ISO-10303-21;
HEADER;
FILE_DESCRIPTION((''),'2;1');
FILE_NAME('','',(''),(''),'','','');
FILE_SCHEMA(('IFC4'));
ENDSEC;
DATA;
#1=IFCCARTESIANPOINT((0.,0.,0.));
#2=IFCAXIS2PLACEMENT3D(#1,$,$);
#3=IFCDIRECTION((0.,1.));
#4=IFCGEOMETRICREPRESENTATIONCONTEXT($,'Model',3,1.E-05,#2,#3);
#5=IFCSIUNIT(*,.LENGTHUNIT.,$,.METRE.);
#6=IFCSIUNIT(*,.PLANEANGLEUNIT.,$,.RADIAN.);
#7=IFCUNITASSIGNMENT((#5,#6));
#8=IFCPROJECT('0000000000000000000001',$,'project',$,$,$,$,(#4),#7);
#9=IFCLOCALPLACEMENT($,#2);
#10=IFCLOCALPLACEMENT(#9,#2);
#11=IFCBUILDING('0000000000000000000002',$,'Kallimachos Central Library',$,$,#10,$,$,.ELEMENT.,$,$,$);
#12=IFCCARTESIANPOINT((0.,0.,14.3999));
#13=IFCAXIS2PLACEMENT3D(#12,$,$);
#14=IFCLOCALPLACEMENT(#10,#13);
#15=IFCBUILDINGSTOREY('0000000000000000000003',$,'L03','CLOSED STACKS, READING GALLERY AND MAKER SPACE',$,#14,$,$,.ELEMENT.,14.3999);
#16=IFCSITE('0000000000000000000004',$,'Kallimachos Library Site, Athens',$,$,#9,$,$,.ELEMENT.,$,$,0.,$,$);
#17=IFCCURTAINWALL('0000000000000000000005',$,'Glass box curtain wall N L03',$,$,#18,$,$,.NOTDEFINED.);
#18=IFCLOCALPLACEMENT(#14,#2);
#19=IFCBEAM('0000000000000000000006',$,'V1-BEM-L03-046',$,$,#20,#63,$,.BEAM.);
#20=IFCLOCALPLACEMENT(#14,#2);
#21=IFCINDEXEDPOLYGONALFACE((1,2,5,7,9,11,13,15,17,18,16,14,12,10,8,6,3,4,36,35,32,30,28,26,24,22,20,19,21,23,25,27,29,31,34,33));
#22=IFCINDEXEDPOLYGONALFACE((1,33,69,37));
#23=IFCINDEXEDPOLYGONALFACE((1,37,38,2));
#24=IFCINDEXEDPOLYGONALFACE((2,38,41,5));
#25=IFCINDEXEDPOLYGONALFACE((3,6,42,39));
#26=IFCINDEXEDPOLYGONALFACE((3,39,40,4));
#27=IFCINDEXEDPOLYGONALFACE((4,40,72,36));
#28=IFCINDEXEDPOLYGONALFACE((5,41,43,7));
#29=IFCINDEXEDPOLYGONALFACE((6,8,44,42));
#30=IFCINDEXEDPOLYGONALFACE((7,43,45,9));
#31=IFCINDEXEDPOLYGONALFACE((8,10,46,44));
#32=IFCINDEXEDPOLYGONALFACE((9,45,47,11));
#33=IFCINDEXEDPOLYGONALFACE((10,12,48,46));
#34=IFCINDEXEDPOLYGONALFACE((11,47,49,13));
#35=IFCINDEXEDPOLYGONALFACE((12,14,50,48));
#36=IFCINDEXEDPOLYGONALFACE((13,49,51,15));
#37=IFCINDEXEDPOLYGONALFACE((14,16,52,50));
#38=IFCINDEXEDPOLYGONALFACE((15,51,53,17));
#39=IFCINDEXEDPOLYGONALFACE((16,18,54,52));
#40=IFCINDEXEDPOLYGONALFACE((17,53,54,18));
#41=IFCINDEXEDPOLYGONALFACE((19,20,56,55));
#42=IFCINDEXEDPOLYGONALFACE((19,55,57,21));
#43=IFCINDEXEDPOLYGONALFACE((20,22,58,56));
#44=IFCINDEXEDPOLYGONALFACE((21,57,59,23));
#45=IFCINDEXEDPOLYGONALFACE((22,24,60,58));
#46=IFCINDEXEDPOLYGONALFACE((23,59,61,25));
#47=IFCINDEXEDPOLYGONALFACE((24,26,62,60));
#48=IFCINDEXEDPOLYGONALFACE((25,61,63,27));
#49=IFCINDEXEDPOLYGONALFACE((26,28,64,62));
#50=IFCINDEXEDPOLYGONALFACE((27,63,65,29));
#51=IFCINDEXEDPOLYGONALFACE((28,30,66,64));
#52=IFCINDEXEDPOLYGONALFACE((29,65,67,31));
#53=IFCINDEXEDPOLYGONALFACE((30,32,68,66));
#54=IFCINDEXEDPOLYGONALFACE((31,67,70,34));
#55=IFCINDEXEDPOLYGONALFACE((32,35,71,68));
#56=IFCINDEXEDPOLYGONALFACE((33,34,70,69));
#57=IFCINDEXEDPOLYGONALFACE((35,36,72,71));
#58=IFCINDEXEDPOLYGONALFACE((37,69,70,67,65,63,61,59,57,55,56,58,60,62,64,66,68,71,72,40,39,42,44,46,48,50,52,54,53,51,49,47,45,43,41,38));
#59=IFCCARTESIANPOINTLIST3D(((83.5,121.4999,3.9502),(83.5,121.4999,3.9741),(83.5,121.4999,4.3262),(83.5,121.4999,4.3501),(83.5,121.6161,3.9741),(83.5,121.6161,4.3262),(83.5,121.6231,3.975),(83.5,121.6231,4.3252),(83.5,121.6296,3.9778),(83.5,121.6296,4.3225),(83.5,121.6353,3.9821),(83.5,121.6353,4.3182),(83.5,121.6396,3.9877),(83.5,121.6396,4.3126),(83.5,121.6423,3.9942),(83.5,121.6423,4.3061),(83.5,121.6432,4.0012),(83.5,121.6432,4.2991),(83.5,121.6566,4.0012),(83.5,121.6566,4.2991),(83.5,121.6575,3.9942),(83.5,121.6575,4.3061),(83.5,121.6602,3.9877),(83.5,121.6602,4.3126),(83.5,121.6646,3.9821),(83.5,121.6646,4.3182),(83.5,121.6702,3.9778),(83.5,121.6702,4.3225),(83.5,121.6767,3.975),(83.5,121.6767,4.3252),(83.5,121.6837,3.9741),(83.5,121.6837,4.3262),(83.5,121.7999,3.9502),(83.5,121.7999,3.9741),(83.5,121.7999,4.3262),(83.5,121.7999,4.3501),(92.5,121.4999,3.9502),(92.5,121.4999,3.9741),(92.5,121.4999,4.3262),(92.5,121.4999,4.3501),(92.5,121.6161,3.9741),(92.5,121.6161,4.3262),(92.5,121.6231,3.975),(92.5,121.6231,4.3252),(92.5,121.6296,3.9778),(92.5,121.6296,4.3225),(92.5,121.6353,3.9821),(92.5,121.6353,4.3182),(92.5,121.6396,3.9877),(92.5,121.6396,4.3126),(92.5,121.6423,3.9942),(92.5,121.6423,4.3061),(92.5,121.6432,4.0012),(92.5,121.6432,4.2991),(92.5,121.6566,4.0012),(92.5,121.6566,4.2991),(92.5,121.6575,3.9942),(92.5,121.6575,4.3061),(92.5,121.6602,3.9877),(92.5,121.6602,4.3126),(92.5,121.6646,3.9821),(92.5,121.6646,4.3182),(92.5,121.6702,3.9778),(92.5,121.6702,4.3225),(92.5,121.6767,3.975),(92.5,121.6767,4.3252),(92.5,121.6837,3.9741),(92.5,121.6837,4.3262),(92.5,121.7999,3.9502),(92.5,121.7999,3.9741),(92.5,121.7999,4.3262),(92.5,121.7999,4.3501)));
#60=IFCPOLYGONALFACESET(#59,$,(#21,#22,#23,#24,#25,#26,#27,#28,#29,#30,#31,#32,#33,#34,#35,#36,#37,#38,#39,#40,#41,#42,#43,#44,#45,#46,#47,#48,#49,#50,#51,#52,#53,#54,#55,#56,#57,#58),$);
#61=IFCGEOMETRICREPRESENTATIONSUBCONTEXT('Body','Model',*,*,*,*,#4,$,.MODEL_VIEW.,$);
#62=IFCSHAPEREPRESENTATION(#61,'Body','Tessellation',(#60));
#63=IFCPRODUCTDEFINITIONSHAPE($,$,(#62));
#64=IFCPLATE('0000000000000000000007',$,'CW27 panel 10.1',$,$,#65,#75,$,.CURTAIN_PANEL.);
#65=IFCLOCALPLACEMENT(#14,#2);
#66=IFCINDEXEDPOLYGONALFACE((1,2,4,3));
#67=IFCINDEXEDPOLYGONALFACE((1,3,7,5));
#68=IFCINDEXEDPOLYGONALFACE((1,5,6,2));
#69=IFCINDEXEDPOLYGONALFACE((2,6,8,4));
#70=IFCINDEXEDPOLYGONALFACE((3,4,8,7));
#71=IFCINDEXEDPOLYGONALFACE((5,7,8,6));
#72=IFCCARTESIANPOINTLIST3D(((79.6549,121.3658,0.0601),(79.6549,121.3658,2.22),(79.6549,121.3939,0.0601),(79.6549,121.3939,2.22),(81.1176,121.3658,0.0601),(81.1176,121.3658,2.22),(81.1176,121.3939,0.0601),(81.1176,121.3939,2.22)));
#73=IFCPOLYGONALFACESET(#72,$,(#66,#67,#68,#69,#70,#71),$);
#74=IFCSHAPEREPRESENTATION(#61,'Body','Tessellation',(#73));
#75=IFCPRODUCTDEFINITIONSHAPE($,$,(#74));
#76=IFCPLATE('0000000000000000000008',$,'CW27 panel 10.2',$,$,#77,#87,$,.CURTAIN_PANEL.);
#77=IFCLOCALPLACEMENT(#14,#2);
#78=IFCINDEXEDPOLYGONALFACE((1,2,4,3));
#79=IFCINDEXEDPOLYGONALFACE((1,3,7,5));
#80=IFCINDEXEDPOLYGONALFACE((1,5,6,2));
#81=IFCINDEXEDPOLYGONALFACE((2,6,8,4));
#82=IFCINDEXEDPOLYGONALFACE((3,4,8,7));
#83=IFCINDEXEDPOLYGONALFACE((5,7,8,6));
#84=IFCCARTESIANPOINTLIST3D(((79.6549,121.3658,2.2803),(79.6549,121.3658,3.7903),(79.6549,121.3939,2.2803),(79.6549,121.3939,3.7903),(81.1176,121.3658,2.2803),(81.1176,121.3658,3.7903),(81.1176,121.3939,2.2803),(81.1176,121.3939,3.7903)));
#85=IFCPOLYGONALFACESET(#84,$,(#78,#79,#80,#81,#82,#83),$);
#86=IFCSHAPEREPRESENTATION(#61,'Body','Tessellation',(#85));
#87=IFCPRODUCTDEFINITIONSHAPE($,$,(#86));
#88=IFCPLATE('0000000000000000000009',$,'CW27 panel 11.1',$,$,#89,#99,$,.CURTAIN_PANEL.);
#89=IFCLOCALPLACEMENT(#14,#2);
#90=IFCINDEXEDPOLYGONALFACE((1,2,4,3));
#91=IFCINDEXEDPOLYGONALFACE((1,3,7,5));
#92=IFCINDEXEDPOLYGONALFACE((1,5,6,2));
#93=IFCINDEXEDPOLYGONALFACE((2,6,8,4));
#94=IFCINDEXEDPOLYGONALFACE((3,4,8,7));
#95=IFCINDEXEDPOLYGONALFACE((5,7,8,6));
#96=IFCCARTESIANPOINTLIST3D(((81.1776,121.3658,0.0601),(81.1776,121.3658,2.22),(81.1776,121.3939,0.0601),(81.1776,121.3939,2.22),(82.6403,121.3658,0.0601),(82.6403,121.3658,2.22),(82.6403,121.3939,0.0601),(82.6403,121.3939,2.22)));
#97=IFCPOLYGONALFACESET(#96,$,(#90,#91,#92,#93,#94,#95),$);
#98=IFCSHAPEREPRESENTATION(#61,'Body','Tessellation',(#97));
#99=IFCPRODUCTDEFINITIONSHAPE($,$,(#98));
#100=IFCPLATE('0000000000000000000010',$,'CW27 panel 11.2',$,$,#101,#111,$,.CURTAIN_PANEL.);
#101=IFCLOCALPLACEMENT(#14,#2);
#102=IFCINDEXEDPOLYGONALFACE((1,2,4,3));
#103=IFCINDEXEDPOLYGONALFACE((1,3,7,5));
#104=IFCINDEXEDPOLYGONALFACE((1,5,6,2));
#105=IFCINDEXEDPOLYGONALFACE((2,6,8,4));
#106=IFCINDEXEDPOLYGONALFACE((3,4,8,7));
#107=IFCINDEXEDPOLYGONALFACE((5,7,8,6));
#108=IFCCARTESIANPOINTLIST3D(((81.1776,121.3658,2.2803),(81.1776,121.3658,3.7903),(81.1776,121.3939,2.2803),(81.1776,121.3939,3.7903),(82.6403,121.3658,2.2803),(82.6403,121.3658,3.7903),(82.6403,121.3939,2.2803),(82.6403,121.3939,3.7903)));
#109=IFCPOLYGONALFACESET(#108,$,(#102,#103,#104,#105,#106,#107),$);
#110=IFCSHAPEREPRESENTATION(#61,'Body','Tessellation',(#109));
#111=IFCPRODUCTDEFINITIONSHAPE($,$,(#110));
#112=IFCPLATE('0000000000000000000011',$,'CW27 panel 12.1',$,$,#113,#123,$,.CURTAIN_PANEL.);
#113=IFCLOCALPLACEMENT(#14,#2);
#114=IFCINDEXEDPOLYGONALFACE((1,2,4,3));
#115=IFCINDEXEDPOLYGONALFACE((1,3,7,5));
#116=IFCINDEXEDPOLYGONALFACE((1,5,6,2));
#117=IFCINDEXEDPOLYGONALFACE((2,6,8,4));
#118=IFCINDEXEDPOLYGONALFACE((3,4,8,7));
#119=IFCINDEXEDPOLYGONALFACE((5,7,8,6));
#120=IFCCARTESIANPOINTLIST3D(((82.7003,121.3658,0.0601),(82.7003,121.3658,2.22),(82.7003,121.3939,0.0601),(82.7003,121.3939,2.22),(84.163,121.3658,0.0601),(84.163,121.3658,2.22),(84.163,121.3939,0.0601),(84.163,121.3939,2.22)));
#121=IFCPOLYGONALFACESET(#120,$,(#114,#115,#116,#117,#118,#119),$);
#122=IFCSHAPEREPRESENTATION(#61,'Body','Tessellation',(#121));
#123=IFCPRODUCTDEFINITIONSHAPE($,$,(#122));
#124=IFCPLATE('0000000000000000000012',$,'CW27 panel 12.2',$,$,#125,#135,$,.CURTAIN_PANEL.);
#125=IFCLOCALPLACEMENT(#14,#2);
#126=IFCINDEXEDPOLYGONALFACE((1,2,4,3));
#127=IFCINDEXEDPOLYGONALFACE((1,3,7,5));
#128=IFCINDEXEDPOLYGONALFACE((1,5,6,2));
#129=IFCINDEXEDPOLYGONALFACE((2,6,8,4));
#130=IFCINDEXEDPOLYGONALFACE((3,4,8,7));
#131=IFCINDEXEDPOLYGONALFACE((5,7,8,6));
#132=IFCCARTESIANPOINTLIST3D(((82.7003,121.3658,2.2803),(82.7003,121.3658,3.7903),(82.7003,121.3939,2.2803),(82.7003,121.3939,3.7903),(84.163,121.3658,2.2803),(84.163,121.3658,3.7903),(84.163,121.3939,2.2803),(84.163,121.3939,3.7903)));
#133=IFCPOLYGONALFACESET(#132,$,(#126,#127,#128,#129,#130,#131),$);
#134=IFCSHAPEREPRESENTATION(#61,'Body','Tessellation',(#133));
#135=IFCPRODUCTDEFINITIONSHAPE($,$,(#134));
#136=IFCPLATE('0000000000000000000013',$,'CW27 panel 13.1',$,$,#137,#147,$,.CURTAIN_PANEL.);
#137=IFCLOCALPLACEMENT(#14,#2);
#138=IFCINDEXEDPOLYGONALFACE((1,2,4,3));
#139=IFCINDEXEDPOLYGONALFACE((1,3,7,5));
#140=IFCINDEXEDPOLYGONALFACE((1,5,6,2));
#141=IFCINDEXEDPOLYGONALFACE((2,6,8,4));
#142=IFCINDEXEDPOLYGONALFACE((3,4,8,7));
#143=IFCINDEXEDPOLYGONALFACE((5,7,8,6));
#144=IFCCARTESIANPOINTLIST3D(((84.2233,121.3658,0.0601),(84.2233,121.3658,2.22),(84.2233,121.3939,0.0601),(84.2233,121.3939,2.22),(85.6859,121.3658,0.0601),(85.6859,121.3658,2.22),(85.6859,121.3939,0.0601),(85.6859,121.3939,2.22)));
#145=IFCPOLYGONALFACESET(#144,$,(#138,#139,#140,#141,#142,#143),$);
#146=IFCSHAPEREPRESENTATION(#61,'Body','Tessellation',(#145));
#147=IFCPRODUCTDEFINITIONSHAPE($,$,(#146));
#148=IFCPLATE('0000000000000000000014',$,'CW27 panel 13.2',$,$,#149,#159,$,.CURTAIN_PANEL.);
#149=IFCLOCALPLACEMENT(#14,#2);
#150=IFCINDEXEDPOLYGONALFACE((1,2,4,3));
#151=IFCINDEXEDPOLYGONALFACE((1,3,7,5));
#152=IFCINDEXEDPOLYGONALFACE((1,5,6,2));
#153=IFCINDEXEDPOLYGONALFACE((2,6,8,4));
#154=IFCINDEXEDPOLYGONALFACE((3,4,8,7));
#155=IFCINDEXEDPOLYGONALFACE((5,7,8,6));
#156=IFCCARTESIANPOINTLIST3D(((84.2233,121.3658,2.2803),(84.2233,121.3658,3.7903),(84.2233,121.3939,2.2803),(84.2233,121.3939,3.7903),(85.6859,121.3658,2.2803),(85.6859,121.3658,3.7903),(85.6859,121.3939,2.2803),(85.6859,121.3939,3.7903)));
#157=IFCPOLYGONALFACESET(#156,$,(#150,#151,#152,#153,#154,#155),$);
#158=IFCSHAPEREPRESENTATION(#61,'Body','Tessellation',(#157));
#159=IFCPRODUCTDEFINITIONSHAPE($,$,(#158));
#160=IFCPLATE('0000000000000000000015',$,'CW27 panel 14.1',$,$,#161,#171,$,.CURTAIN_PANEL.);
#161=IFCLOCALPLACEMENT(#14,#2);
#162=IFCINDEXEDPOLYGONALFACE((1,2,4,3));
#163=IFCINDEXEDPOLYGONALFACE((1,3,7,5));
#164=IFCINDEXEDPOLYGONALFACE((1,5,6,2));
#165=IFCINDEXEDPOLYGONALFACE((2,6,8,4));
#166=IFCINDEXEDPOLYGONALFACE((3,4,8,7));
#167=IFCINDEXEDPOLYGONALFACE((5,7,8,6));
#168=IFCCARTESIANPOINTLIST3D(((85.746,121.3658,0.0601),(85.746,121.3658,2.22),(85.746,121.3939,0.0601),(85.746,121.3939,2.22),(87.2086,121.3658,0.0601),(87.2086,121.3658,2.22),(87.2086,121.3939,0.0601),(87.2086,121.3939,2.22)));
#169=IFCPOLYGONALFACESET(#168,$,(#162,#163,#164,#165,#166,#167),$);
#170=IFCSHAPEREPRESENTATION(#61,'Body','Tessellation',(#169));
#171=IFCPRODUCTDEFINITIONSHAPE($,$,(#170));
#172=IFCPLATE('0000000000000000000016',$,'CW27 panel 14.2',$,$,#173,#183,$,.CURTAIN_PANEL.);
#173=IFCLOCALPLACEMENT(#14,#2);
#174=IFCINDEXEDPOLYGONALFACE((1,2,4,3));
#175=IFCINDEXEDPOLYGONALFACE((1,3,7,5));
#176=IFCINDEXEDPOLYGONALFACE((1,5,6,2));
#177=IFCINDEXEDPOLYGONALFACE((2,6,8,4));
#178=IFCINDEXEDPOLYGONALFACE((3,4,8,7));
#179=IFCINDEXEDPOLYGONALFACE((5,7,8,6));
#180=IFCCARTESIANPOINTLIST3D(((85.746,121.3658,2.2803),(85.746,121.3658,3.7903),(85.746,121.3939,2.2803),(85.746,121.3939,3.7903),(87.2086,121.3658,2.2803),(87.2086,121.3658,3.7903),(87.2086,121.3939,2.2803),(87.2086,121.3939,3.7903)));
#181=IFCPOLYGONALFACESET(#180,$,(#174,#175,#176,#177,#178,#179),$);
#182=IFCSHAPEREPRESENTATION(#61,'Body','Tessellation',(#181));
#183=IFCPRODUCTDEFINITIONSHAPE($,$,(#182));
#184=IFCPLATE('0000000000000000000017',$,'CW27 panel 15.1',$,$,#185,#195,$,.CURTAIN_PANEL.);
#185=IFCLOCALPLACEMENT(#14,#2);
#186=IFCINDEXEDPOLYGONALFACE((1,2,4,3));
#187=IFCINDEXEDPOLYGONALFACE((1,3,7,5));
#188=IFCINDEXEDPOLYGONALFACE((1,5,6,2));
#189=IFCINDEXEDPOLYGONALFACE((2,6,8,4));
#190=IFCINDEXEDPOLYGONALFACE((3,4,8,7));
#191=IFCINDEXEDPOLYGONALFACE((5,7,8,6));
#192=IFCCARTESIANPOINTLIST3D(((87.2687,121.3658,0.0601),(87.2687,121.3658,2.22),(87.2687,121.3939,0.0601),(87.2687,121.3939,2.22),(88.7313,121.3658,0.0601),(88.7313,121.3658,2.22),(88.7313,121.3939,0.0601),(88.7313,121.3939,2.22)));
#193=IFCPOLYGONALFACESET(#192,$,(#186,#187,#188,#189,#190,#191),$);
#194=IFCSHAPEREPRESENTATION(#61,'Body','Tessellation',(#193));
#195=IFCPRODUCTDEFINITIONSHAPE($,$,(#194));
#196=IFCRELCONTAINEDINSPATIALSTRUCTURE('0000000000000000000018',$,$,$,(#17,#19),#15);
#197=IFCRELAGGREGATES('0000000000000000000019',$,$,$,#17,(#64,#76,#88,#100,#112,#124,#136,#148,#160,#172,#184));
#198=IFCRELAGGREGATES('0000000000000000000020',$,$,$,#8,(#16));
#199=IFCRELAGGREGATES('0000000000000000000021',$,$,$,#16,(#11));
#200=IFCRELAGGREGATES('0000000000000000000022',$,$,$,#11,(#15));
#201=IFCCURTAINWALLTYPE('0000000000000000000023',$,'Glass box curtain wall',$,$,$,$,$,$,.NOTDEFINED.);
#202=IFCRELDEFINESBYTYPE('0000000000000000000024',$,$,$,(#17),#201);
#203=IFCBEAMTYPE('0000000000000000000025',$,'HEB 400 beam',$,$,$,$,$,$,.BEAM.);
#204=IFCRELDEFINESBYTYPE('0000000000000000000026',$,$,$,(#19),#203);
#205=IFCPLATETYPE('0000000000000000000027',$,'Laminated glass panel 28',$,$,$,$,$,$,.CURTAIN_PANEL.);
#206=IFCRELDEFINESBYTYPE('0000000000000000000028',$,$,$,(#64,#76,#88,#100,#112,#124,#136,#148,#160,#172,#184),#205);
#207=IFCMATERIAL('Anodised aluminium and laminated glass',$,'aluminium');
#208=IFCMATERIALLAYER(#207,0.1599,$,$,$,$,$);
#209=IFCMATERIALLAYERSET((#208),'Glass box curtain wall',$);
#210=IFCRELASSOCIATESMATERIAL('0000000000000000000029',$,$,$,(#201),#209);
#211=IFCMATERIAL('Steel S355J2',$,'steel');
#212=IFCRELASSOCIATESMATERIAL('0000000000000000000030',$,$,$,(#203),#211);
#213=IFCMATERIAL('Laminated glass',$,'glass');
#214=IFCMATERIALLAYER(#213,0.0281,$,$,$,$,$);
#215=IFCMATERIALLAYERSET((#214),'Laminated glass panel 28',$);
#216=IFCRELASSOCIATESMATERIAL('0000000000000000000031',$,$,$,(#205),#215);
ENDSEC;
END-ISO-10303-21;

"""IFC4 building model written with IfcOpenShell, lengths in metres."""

from ifc_helpers import new_model, si_unit, direction, frame, origin, origin_2d, place, context, subcontext, project, spatial, rectangle, i_section, extrude, material, layer, layer_set, material_profile, profile_set, type_object, element, aggregate, save


model = new_model("IFC4")

# Units and contexts
model_context = context("Model", 3, precision=1e-05, world=origin(), true_north=direction((0.0, 1.0)))
body_context = subcontext(model_context, "Body", "Model", "MODEL_VIEW")
ifc_project = project(units=[si_unit("LENGTHUNIT", "METRE"), si_unit("PLANEANGLEUNIT", "RADIAN")], contexts=[model_context])

# Site, building, storey
site_placement = place(None, origin())
site = spatial("IfcSite", under=ifc_project, at=site_placement, Name="Kallimachos Library Site, Athens", CompositionType="ELEMENT", RefElevation=0.0)
building_placement = place(site_placement, origin())
building = spatial("IfcBuilding", under=site, at=building_placement, Name="Kallimachos Central Library", CompositionType="ELEMENT")
storey_placement = place(building_placement, frame((0.0, 0.0, 14.3999)))
storey = spatial("IfcBuildingStorey", under=building, at=storey_placement, Name="L03", Description="CLOSED STACKS, READING GALLERY AND MAKER SPACE", CompositionType="ELEMENT", Elevation=14.3999)

# Curtain wall
ifc_material_1 = material(Name="Anodised aluminium and laminated glass", Category="aluminium")
ifc_layer_1 = layer(ifc_material_1, 0.1599)
ifc_layer_set_1 = layer_set([ifc_layer_1], Name="Glass box curtain wall")
curtain_wall_type = type_object("IfcCurtainWallType", Name="Glass box curtain wall", PredefinedType="NOTDEFINED", material=ifc_layer_set_1)
curtain_wall_placement = place(storey_placement, origin())
curtain_wall = element("IfcCurtainWall", 1, at=curtain_wall_placement, inside=storey, type_object=curtain_wall_type, Name="Glass box curtain wall N L03", PredefinedType="NOTDEFINED")

# Beam
ifc_material_2 = material(Name="Steel S355J2", Category="steel")
ifc_material_profile_1 = material_profile(ifc_material_2, i_section(OverallWidth=0.3, OverallDepth=0.3999, WebThickness=0.0134, FlangeThickness=0.0239, FilletRadius=0.0271, at=origin_2d()), Name="HEB 400")
ifc_profile_set_1 = profile_set([ifc_material_profile_1], Name="Steel S355J2")
beam_type = type_object("IfcBeamType", Name="HEB 400 beam", PredefinedType="BEAM", material=ifc_profile_set_1)
for number, where, z_axis, x_axis, name in (
    (2, (83.5, 121.6499, 4.1501), (1.0, 0.0, 0.0), (0.0, 1.0, 0.0), "V1-BEM-L03-046"),
):
    element("IfcBeam", number, at=place(storey_placement, frame(where, z_axis=z_axis, x_axis=x_axis)), inside=storey, type_object=beam_type, Name=name, PredefinedType="BEAM", context=body_context, shape_type="SweptSolid", body=[
        extrude(i_section(OverallWidth=0.3, OverallDepth=0.3999, WebThickness=0.0134, FlangeThickness=0.0239, FilletRadius=0.0271, at=origin_2d()), origin(), (0.0, 0.0, 1.0), 9.0),
    ])

# Plates
ifc_material_3 = material(Name="Laminated glass", Category="glass")
ifc_layer_2 = layer(ifc_material_3, 0.0281)
ifc_layer_set_2 = layer_set([ifc_layer_2], Name="Laminated glass panel 28")
plate_type = type_object("IfcPlateType", Name="Laminated glass panel 28", PredefinedType="CURTAIN_PANEL", material=ifc_layer_set_2)
plate_1_placement = place(storey_placement, frame((80.3862, 121.3799, 0.0601), z_axis=(0.0, 0.0, 1.0), x_axis=(1.0, 0.0, 0.0)))
plate_1 = element("IfcPlate", 3, at=plate_1_placement, type_object=plate_type, Name="CW27 panel 10.1", PredefinedType="CURTAIN_PANEL", context=body_context, shape_type="SweptSolid", body=[
    extrude(rectangle(XDim=1.4626, YDim=0.0281, at=origin_2d()), origin(), (0.0, 0.0, 1.0), 2.1599),
])
plate_2_placement = place(storey_placement, frame((80.3862, 121.3799, 2.2803), z_axis=(0.0, 0.0, 1.0), x_axis=(1.0, 0.0, 0.0)))
plate_2 = element("IfcPlate", 4, at=plate_2_placement, type_object=plate_type, Name="CW27 panel 10.2", PredefinedType="CURTAIN_PANEL", context=body_context, shape_type="SweptSolid", body=[
    extrude(rectangle(XDim=1.4626, YDim=0.0281, at=origin_2d()), origin(), (0.0, 0.0, 1.0), 1.51),
])
plate_3_placement = place(storey_placement, frame((81.9089, 121.3799, 0.0601), z_axis=(0.0, 0.0, 1.0), x_axis=(1.0, 0.0, 0.0)))
plate_3 = element("IfcPlate", 5, at=plate_3_placement, type_object=plate_type, Name="CW27 panel 11.1", PredefinedType="CURTAIN_PANEL", context=body_context, shape_type="SweptSolid", body=[
    extrude(rectangle(XDim=1.4626, YDim=0.0281, at=origin_2d()), origin(), (0.0, 0.0, 1.0), 2.1599),
])
plate_4_placement = place(storey_placement, frame((81.9089, 121.3799, 2.2803), z_axis=(0.0, 0.0, 1.0), x_axis=(1.0, 0.0, 0.0)))
plate_4 = element("IfcPlate", 6, at=plate_4_placement, type_object=plate_type, Name="CW27 panel 11.2", PredefinedType="CURTAIN_PANEL", context=body_context, shape_type="SweptSolid", body=[
    extrude(rectangle(XDim=1.4626, YDim=0.0281, at=origin_2d()), origin(), (0.0, 0.0, 1.0), 1.51),
])
plate_5_placement = place(storey_placement, frame((83.4316, 121.3799, 0.0601), z_axis=(0.0, 0.0, 1.0), x_axis=(1.0, 0.0, 0.0)))
plate_5 = element("IfcPlate", 7, at=plate_5_placement, type_object=plate_type, Name="CW27 panel 12.1", PredefinedType="CURTAIN_PANEL", context=body_context, shape_type="SweptSolid", body=[
    extrude(rectangle(XDim=1.4626, YDim=0.0281, at=origin_2d()), origin(), (0.0, 0.0, 1.0), 2.1599),
])
plate_6_placement = place(storey_placement, frame((83.4316, 121.3799, 2.2803), z_axis=(0.0, 0.0, 1.0), x_axis=(1.0, 0.0, 0.0)))
plate_6 = element("IfcPlate", 8, at=plate_6_placement, type_object=plate_type, Name="CW27 panel 12.2", PredefinedType="CURTAIN_PANEL", context=body_context, shape_type="SweptSolid", body=[
    extrude(rectangle(XDim=1.4626, YDim=0.0281, at=origin_2d()), origin(), (0.0, 0.0, 1.0), 1.51),
])
plate_7_placement = place(storey_placement, frame((84.9546, 121.3799, 0.0601), z_axis=(0.0, 0.0, 1.0), x_axis=(1.0, 0.0, 0.0)))
plate_7 = element("IfcPlate", 9, at=plate_7_placement, type_object=plate_type, Name="CW27 panel 13.1", PredefinedType="CURTAIN_PANEL", context=body_context, shape_type="SweptSolid", body=[
    extrude(rectangle(XDim=1.4626, YDim=0.0281, at=origin_2d()), origin(), (0.0, 0.0, 1.0), 2.1599),
])
plate_8_placement = place(storey_placement, frame((84.9546, 121.3799, 2.2803), z_axis=(0.0, 0.0, 1.0), x_axis=(1.0, 0.0, 0.0)))
plate_8 = element("IfcPlate", 10, at=plate_8_placement, type_object=plate_type, Name="CW27 panel 13.2", PredefinedType="CURTAIN_PANEL", context=body_context, shape_type="SweptSolid", body=[
    extrude(rectangle(XDim=1.4626, YDim=0.0281, at=origin_2d()), origin(), (0.0, 0.0, 1.0), 1.51),
])
plate_9_placement = place(storey_placement, frame((86.4773, 121.3799, 0.0601), z_axis=(0.0, 0.0, 1.0), x_axis=(1.0, 0.0, 0.0)))
plate_9 = element("IfcPlate", 11, at=plate_9_placement, type_object=plate_type, Name="CW27 panel 14.1", PredefinedType="CURTAIN_PANEL", context=body_context, shape_type="SweptSolid", body=[
    extrude(rectangle(XDim=1.4626, YDim=0.0281, at=origin_2d()), origin(), (0.0, 0.0, 1.0), 2.1599),
])
plate_10_placement = place(storey_placement, frame((86.4773, 121.3799, 2.2803), z_axis=(0.0, 0.0, 1.0), x_axis=(1.0, 0.0, 0.0)))
plate_10 = element("IfcPlate", 12, at=plate_10_placement, type_object=plate_type, Name="CW27 panel 14.2", PredefinedType="CURTAIN_PANEL", context=body_context, shape_type="SweptSolid", body=[
    extrude(rectangle(XDim=1.4626, YDim=0.0281, at=origin_2d()), origin(), (0.0, 0.0, 1.0), 1.51),
])
plate_11_placement = place(storey_placement, frame((88.0, 121.3799, 0.0601), z_axis=(0.0, 0.0, 1.0), x_axis=(1.0, 0.0, 0.0)))
plate_11 = element("IfcPlate", 13, at=plate_11_placement, type_object=plate_type, Name="CW27 panel 15.1", PredefinedType="CURTAIN_PANEL", context=body_context, shape_type="SweptSolid", body=[
    extrude(rectangle(XDim=1.4626, YDim=0.0281, at=origin_2d()), origin(), (0.0, 0.0, 1.0), 2.1599),
])
aggregate(curtain_wall, [plate_1, plate_2, plate_3, plate_4, plate_5, plate_6, plate_7, plate_8, plate_9, plate_10, plate_11])

save(model, "model.ifc")
